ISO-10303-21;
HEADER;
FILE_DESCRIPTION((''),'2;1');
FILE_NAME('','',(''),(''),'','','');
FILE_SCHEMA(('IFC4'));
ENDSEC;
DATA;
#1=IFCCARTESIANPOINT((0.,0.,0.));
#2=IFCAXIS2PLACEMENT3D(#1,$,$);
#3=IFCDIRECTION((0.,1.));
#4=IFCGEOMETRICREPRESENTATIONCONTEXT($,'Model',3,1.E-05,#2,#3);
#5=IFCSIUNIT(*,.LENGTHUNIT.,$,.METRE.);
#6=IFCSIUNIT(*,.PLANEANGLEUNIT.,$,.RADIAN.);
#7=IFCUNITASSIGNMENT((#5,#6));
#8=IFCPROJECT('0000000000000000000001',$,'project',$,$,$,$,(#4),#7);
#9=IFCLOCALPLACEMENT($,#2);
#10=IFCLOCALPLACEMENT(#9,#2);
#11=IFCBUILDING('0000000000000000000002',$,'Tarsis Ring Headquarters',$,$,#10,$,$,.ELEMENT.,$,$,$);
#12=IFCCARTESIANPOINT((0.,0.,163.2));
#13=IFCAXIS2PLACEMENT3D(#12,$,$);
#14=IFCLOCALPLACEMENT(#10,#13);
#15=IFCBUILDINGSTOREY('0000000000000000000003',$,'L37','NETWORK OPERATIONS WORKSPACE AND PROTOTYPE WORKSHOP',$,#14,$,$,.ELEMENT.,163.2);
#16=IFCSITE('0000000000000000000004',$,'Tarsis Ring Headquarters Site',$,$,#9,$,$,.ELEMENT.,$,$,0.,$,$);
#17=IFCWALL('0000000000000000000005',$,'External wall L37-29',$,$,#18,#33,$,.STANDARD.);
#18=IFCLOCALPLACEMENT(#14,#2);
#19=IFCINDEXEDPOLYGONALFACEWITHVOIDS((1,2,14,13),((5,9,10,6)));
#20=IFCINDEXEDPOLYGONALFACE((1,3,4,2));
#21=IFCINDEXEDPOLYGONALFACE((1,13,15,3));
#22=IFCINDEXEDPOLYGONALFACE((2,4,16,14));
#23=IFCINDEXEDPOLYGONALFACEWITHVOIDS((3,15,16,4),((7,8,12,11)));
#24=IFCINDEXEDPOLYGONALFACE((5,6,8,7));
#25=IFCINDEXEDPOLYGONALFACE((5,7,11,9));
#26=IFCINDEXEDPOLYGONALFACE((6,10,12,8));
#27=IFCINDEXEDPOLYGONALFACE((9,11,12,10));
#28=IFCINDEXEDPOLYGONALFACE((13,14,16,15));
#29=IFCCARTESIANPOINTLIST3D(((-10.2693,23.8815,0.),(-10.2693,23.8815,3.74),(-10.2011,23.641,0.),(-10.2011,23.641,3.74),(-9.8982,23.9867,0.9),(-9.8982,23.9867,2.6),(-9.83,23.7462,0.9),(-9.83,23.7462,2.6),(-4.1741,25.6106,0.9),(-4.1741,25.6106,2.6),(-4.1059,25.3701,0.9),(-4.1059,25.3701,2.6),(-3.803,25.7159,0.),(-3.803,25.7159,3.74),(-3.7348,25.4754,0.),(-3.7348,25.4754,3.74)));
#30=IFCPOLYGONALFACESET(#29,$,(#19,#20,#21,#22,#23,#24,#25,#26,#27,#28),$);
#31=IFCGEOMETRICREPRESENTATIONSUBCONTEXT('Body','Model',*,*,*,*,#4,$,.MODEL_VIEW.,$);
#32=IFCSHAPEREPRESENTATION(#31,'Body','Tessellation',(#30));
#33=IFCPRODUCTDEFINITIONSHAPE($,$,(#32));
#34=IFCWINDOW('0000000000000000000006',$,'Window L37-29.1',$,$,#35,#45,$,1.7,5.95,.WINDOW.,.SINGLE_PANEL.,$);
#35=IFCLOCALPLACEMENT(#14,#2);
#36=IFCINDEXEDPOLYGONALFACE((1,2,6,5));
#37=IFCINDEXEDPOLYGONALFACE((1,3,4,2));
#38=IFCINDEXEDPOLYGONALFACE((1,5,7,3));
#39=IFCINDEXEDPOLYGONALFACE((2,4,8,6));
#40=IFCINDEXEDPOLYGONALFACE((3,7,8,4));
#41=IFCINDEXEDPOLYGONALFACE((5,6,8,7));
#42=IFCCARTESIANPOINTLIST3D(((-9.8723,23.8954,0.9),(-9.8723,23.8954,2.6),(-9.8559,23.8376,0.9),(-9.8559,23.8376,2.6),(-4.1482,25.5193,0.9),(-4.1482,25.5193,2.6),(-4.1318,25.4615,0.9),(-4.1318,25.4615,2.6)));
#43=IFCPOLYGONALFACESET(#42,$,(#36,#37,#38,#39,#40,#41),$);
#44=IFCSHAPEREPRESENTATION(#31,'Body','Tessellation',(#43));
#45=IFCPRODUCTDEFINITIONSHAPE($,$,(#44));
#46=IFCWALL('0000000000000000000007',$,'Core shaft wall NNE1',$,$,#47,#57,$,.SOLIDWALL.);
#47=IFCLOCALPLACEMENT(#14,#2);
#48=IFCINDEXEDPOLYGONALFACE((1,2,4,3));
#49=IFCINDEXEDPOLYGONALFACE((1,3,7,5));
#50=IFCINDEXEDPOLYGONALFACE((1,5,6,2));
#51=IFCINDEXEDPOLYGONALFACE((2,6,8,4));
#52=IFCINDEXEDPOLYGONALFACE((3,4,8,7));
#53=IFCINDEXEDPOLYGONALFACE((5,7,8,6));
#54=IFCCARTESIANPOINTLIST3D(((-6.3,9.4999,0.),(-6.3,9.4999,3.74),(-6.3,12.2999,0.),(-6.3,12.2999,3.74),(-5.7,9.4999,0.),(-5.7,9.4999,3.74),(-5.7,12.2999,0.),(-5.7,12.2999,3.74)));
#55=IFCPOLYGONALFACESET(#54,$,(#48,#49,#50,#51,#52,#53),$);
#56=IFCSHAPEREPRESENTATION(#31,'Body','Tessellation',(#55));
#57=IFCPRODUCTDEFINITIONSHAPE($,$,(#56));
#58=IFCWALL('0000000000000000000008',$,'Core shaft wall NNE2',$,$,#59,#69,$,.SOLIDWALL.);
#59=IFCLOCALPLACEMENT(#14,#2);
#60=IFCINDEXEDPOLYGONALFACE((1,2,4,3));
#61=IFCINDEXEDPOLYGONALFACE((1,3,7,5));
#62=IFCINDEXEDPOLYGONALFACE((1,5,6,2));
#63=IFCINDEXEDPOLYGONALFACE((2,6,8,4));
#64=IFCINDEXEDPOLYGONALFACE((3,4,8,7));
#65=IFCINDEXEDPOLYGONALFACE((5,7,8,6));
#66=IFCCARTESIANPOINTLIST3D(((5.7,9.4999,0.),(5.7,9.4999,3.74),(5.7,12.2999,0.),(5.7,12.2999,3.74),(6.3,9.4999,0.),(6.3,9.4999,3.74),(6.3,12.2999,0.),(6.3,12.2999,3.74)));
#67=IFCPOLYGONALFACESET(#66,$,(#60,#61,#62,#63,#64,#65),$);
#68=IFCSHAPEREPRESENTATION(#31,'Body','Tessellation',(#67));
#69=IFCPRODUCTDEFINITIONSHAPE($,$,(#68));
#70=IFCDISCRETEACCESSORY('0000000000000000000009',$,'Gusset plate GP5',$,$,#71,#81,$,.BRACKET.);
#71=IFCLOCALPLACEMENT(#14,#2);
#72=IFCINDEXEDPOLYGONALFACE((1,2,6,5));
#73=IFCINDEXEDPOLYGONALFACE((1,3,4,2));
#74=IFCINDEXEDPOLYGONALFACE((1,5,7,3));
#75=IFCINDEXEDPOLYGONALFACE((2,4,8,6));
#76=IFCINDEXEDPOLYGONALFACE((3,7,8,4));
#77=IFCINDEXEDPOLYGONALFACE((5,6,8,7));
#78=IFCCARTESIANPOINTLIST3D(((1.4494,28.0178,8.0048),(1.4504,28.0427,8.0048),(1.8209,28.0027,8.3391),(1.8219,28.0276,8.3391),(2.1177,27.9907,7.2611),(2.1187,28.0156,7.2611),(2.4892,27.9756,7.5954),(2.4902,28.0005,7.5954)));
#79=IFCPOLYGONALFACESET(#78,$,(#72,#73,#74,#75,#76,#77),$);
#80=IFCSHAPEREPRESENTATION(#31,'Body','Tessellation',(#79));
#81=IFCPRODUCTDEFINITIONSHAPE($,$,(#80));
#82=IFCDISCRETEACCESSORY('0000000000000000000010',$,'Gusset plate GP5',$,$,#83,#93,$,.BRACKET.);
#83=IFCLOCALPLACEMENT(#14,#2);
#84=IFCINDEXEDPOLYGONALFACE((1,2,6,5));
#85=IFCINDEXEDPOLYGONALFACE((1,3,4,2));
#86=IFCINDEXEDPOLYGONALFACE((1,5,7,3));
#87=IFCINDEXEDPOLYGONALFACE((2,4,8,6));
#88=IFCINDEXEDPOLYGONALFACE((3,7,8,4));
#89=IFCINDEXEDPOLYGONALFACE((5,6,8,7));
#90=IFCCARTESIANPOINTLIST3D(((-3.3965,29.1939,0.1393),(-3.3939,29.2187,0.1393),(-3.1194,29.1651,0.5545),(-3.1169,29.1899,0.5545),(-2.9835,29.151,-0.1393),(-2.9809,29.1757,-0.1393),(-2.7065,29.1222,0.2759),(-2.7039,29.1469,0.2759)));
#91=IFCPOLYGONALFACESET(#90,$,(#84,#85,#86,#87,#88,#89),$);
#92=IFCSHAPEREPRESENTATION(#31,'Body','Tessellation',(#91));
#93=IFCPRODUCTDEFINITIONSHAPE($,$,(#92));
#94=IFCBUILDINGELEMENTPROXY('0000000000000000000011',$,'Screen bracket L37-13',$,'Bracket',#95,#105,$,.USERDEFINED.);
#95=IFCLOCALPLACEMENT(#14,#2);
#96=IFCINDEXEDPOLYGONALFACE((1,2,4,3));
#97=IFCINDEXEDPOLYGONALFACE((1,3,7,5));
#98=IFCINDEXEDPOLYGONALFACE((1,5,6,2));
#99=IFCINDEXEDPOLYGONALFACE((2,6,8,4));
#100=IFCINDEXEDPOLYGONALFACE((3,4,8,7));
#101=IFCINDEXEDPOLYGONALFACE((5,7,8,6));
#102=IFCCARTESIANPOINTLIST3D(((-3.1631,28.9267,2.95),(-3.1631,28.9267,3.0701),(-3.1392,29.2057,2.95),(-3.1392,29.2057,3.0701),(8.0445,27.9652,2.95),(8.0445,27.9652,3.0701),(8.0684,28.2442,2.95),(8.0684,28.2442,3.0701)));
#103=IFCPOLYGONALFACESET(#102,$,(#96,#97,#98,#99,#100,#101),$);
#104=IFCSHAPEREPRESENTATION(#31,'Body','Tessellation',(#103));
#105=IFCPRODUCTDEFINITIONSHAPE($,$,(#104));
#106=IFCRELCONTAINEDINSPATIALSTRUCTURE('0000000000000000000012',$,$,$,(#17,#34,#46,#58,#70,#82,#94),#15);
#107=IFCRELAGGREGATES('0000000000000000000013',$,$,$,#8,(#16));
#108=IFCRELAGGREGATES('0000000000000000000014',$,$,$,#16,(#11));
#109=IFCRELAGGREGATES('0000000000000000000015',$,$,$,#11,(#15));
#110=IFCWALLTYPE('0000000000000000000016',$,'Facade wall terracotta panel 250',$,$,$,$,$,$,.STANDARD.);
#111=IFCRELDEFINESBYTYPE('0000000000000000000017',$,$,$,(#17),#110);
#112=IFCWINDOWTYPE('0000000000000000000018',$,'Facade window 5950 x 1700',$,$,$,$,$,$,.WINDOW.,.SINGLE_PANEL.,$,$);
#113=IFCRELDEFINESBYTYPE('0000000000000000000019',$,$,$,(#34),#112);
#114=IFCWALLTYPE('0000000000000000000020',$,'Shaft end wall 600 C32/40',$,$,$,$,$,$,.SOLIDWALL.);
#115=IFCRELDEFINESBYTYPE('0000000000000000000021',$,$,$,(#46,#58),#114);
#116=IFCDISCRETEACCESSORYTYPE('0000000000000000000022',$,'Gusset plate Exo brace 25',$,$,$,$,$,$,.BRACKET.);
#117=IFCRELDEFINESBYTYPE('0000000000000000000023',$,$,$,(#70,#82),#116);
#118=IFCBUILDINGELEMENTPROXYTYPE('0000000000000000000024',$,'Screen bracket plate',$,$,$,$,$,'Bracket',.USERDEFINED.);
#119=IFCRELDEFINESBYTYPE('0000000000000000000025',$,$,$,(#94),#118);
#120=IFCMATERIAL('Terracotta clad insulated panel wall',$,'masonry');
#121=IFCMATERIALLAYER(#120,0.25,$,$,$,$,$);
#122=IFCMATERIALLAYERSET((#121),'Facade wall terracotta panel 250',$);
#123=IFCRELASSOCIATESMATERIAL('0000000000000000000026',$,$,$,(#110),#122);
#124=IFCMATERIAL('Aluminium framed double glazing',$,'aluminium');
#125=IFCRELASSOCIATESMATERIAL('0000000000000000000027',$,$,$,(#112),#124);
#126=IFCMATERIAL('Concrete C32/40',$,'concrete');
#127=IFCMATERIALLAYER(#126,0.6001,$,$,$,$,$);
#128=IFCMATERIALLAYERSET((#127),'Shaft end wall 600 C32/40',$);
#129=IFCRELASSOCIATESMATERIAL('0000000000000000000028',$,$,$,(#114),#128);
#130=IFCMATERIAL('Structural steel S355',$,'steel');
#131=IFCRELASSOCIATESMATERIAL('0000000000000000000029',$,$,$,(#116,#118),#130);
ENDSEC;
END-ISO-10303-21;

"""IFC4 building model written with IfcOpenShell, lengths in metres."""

from ifc_helpers import new_model, si_unit, direction, frame, frame_2d, origin, origin_2d, place, context, subcontext, project, spatial, rectangle, extrude, material, layer, layer_set, material_profile, profile_set, type_object, element, fill, save


model = new_model("IFC4")

# Units and contexts
model_context = context("Model", 3, precision=1e-05, world=origin(), true_north=direction((0.0, 1.0)))
body_context = subcontext(model_context, "Body", "Model", "MODEL_VIEW")
ifc_project = project(units=[si_unit("LENGTHUNIT", "METRE"), si_unit("PLANEANGLEUNIT", "RADIAN")], contexts=[model_context])

# Site, building, storey
site_placement = place(None, origin())
site = spatial("IfcSite", under=ifc_project, at=site_placement, Name="Tarsis Ring Headquarters Site", CompositionType="ELEMENT", RefElevation=0.0)
building_placement = place(site_placement, origin())
building = spatial("IfcBuilding", under=site, at=building_placement, Name="Tarsis Ring Headquarters", CompositionType="ELEMENT")
storey_placement = place(building_placement, frame((0.0, 0.0, 163.2)))
storey = spatial("IfcBuildingStorey", under=building, at=storey_placement, Name="L37", Description="NETWORK OPERATIONS WORKSPACE AND PROTOTYPE WORKSHOP", CompositionType="ELEMENT", Elevation=163.2)

# Shared definitions
ifc_material_1 = material(Name="Structural steel S355", Category="steel")

# Wall, opening, window
ifc_material_2 = material(Name="Terracotta clad insulated panel wall", Category="masonry")
ifc_layer_1 = layer(ifc_material_2, 0.25)
ifc_layer_set_1 = layer_set([ifc_layer_1], Name="Facade wall terracotta panel 250")
wall_type_1 = type_object("IfcWallType", Name="Facade wall terracotta panel 250", PredefinedType="STANDARD", material=ifc_layer_set_1)
ifc_material_3 = material(Name="Aluminium framed double glazing", Category="aluminium")
window_type = type_object("IfcWindowType", Name="Facade window 5950 x 1700", PartitioningType="SINGLE_PANEL", PredefinedType="WINDOW", material=ifc_material_3)
wall_1_placement = place(storey_placement, frame((-3.7688, 25.5957, 0.0), z_axis=(0.0, 0.0, 1.0), x_axis=(-0.962035, -0.272926, 0.0)))
wall_1 = element("IfcWall", 1, at=wall_1_placement, inside=storey, type_object=wall_type_1, Name="External wall L37-29", PredefinedType="STANDARD", context=body_context, shape_type="SweptSolid", body=[
    extrude(rectangle(XDim=6.7214, YDim=0.25, at=frame_2d((3.3608, 0.0))), origin(), (0.0, 0.0, 1.0), 3.74),
])
opening_1_placement = place(wall_1_placement, frame((0.3857, 0.0, 0.8999)))
opening_1 = element("IfcOpeningElement", 2, at=opening_1_placement, cuts=wall_1, PredefinedType="OPENING", context=body_context, shape_type="SweptSolid", body=[
    extrude(rectangle(XDim=5.95, YDim=1.7, at=frame_2d((2.9751, 0.8501))), frame((0.0, 0.135, 0.0), z_axis=(0.0, -1.0, 0.0), x_axis=(1.0, 0.0, 0.0)), (0.0, 0.0, 1.0), 0.27),
])
window_1_placement = place(opening_1_placement, origin())
window_1 = element("IfcWindow", 3, at=window_1_placement, inside=storey, type_object=window_type, Name="Window L37-29.1", OverallHeight=1.7, OverallWidth=5.95, PartitioningType="SINGLE_PANEL", PredefinedType="WINDOW", context=body_context, shape_type="SweptSolid", body=[
    extrude(rectangle(XDim=5.95, YDim=1.7, at=frame_2d((2.9751, 0.8501))), frame((0.0, 0.03, 0.0), z_axis=(0.0, -1.0, 0.0), x_axis=(1.0, 0.0, 0.0)), (0.0, 0.0, 1.0), 0.0601),
])
fill(opening_1, window_1)

# Walls
ifc_material_4 = material(Name="Concrete C32/40", Category="concrete")
ifc_layer_2 = layer(ifc_material_4, 0.6001)
ifc_layer_set_2 = layer_set([ifc_layer_2], Name="Shaft end wall 600 C32/40")
wall_type_2 = type_object("IfcWallType", Name="Shaft end wall 600 C32/40", PredefinedType="SOLIDWALL", material=ifc_layer_set_2)
for number, where, z_axis, x_axis, name in (
    (4, (-6.0, 9.5, 0.0), (0.0, 0.0, 1.0), (0.0, 1.0, 0.0), "Core shaft wall NNE1"),
    (5, (6.0, 9.5, 0.0), (0.0, 0.0, 1.0), (0.0, 1.0, 0.0), "Core shaft wall NNE2"),
):
    element("IfcWall", number, at=place(storey_placement, frame(where, z_axis=z_axis, x_axis=x_axis)), inside=storey, type_object=wall_type_2, Name=name, PredefinedType="SOLIDWALL", context=body_context, shape_type="SweptSolid", body=[
        extrude(rectangle(XDim=2.8, YDim=0.6001, at=frame_2d((1.3999, 0.0))), origin(), (0.0, 0.0, 1.0), 3.74),
    ])

# Discrete accessories
ifc_material_profile_1 = material_profile(ifc_material_1, rectangle(XDim=0.0249, YDim=0.5, at=origin_2d()), Name="PL 25x500")
ifc_profile_set_1 = profile_set([ifc_material_profile_1], Name="Structural steel S355")
discrete_accessory_type = type_object("IfcDiscreteAccessoryType", Name="Gusset plate Exo brace 25", PredefinedType="BRACKET", material=ifc_profile_set_1)
discrete_accessory_1_placement = place(storey_placement, frame((2.304, 27.9956, 7.4282), z_axis=(-0.668125, 0.027096, 0.743555), x_axis=(-0.040522, -0.999179, 0.0)))
element("IfcDiscreteAccessory", 6, at=discrete_accessory_1_placement, inside=storey, type_object=discrete_accessory_type, Name="Gusset plate GP5", PredefinedType="BRACKET", context=body_context, shape_type="SweptSolid", body=[
    extrude(rectangle(XDim=0.0249, YDim=0.5, at=origin_2d()), origin(), (0.0, 0.0, 1.0), 1.0002),
])
discrete_accessory_2_placement = place(storey_placement, frame((-3.1887, 29.1848, 0.0), z_axis=(0.554117, -0.057609, 0.830443), x_axis=(0.103407, 0.994639, 0.0)))
element("IfcDiscreteAccessory", 7, at=discrete_accessory_2_placement, inside=storey, type_object=discrete_accessory_type, Name="Gusset plate GP5", PredefinedType="BRACKET", context=body_context, shape_type="SweptSolid", body=[
    extrude(rectangle(XDim=0.0249, YDim=0.5, at=origin_2d()), origin(), (0.0, 0.0, 1.0), 0.5),
])

# Building element proxy
building_element_proxy_type = type_object("IfcBuildingElementProxyType", Name="Screen bracket plate", ElementType="Bracket", PredefinedType="USERDEFINED", material=ifc_material_1)
proxy_placement = place(storey_placement, frame((2.4526, 28.5854, 2.95), z_axis=(0.0, 0.0, 1.0), x_axis=(-0.99634, 0.085483, 0.0)))
element("IfcBuildingElementProxy", 8, at=proxy_placement, inside=storey, type_object=building_element_proxy_type, Name="Screen bracket L37-13", ObjectType="Bracket", PredefinedType="USERDEFINED", context=body_context, shape_type="SweptSolid", body=[
    extrude(rectangle(XDim=11.2488, YDim=0.28, at=origin_2d()), origin(), (0.0, 0.0, 1.0), 0.1201),
])

save(model, "model.ifc")
